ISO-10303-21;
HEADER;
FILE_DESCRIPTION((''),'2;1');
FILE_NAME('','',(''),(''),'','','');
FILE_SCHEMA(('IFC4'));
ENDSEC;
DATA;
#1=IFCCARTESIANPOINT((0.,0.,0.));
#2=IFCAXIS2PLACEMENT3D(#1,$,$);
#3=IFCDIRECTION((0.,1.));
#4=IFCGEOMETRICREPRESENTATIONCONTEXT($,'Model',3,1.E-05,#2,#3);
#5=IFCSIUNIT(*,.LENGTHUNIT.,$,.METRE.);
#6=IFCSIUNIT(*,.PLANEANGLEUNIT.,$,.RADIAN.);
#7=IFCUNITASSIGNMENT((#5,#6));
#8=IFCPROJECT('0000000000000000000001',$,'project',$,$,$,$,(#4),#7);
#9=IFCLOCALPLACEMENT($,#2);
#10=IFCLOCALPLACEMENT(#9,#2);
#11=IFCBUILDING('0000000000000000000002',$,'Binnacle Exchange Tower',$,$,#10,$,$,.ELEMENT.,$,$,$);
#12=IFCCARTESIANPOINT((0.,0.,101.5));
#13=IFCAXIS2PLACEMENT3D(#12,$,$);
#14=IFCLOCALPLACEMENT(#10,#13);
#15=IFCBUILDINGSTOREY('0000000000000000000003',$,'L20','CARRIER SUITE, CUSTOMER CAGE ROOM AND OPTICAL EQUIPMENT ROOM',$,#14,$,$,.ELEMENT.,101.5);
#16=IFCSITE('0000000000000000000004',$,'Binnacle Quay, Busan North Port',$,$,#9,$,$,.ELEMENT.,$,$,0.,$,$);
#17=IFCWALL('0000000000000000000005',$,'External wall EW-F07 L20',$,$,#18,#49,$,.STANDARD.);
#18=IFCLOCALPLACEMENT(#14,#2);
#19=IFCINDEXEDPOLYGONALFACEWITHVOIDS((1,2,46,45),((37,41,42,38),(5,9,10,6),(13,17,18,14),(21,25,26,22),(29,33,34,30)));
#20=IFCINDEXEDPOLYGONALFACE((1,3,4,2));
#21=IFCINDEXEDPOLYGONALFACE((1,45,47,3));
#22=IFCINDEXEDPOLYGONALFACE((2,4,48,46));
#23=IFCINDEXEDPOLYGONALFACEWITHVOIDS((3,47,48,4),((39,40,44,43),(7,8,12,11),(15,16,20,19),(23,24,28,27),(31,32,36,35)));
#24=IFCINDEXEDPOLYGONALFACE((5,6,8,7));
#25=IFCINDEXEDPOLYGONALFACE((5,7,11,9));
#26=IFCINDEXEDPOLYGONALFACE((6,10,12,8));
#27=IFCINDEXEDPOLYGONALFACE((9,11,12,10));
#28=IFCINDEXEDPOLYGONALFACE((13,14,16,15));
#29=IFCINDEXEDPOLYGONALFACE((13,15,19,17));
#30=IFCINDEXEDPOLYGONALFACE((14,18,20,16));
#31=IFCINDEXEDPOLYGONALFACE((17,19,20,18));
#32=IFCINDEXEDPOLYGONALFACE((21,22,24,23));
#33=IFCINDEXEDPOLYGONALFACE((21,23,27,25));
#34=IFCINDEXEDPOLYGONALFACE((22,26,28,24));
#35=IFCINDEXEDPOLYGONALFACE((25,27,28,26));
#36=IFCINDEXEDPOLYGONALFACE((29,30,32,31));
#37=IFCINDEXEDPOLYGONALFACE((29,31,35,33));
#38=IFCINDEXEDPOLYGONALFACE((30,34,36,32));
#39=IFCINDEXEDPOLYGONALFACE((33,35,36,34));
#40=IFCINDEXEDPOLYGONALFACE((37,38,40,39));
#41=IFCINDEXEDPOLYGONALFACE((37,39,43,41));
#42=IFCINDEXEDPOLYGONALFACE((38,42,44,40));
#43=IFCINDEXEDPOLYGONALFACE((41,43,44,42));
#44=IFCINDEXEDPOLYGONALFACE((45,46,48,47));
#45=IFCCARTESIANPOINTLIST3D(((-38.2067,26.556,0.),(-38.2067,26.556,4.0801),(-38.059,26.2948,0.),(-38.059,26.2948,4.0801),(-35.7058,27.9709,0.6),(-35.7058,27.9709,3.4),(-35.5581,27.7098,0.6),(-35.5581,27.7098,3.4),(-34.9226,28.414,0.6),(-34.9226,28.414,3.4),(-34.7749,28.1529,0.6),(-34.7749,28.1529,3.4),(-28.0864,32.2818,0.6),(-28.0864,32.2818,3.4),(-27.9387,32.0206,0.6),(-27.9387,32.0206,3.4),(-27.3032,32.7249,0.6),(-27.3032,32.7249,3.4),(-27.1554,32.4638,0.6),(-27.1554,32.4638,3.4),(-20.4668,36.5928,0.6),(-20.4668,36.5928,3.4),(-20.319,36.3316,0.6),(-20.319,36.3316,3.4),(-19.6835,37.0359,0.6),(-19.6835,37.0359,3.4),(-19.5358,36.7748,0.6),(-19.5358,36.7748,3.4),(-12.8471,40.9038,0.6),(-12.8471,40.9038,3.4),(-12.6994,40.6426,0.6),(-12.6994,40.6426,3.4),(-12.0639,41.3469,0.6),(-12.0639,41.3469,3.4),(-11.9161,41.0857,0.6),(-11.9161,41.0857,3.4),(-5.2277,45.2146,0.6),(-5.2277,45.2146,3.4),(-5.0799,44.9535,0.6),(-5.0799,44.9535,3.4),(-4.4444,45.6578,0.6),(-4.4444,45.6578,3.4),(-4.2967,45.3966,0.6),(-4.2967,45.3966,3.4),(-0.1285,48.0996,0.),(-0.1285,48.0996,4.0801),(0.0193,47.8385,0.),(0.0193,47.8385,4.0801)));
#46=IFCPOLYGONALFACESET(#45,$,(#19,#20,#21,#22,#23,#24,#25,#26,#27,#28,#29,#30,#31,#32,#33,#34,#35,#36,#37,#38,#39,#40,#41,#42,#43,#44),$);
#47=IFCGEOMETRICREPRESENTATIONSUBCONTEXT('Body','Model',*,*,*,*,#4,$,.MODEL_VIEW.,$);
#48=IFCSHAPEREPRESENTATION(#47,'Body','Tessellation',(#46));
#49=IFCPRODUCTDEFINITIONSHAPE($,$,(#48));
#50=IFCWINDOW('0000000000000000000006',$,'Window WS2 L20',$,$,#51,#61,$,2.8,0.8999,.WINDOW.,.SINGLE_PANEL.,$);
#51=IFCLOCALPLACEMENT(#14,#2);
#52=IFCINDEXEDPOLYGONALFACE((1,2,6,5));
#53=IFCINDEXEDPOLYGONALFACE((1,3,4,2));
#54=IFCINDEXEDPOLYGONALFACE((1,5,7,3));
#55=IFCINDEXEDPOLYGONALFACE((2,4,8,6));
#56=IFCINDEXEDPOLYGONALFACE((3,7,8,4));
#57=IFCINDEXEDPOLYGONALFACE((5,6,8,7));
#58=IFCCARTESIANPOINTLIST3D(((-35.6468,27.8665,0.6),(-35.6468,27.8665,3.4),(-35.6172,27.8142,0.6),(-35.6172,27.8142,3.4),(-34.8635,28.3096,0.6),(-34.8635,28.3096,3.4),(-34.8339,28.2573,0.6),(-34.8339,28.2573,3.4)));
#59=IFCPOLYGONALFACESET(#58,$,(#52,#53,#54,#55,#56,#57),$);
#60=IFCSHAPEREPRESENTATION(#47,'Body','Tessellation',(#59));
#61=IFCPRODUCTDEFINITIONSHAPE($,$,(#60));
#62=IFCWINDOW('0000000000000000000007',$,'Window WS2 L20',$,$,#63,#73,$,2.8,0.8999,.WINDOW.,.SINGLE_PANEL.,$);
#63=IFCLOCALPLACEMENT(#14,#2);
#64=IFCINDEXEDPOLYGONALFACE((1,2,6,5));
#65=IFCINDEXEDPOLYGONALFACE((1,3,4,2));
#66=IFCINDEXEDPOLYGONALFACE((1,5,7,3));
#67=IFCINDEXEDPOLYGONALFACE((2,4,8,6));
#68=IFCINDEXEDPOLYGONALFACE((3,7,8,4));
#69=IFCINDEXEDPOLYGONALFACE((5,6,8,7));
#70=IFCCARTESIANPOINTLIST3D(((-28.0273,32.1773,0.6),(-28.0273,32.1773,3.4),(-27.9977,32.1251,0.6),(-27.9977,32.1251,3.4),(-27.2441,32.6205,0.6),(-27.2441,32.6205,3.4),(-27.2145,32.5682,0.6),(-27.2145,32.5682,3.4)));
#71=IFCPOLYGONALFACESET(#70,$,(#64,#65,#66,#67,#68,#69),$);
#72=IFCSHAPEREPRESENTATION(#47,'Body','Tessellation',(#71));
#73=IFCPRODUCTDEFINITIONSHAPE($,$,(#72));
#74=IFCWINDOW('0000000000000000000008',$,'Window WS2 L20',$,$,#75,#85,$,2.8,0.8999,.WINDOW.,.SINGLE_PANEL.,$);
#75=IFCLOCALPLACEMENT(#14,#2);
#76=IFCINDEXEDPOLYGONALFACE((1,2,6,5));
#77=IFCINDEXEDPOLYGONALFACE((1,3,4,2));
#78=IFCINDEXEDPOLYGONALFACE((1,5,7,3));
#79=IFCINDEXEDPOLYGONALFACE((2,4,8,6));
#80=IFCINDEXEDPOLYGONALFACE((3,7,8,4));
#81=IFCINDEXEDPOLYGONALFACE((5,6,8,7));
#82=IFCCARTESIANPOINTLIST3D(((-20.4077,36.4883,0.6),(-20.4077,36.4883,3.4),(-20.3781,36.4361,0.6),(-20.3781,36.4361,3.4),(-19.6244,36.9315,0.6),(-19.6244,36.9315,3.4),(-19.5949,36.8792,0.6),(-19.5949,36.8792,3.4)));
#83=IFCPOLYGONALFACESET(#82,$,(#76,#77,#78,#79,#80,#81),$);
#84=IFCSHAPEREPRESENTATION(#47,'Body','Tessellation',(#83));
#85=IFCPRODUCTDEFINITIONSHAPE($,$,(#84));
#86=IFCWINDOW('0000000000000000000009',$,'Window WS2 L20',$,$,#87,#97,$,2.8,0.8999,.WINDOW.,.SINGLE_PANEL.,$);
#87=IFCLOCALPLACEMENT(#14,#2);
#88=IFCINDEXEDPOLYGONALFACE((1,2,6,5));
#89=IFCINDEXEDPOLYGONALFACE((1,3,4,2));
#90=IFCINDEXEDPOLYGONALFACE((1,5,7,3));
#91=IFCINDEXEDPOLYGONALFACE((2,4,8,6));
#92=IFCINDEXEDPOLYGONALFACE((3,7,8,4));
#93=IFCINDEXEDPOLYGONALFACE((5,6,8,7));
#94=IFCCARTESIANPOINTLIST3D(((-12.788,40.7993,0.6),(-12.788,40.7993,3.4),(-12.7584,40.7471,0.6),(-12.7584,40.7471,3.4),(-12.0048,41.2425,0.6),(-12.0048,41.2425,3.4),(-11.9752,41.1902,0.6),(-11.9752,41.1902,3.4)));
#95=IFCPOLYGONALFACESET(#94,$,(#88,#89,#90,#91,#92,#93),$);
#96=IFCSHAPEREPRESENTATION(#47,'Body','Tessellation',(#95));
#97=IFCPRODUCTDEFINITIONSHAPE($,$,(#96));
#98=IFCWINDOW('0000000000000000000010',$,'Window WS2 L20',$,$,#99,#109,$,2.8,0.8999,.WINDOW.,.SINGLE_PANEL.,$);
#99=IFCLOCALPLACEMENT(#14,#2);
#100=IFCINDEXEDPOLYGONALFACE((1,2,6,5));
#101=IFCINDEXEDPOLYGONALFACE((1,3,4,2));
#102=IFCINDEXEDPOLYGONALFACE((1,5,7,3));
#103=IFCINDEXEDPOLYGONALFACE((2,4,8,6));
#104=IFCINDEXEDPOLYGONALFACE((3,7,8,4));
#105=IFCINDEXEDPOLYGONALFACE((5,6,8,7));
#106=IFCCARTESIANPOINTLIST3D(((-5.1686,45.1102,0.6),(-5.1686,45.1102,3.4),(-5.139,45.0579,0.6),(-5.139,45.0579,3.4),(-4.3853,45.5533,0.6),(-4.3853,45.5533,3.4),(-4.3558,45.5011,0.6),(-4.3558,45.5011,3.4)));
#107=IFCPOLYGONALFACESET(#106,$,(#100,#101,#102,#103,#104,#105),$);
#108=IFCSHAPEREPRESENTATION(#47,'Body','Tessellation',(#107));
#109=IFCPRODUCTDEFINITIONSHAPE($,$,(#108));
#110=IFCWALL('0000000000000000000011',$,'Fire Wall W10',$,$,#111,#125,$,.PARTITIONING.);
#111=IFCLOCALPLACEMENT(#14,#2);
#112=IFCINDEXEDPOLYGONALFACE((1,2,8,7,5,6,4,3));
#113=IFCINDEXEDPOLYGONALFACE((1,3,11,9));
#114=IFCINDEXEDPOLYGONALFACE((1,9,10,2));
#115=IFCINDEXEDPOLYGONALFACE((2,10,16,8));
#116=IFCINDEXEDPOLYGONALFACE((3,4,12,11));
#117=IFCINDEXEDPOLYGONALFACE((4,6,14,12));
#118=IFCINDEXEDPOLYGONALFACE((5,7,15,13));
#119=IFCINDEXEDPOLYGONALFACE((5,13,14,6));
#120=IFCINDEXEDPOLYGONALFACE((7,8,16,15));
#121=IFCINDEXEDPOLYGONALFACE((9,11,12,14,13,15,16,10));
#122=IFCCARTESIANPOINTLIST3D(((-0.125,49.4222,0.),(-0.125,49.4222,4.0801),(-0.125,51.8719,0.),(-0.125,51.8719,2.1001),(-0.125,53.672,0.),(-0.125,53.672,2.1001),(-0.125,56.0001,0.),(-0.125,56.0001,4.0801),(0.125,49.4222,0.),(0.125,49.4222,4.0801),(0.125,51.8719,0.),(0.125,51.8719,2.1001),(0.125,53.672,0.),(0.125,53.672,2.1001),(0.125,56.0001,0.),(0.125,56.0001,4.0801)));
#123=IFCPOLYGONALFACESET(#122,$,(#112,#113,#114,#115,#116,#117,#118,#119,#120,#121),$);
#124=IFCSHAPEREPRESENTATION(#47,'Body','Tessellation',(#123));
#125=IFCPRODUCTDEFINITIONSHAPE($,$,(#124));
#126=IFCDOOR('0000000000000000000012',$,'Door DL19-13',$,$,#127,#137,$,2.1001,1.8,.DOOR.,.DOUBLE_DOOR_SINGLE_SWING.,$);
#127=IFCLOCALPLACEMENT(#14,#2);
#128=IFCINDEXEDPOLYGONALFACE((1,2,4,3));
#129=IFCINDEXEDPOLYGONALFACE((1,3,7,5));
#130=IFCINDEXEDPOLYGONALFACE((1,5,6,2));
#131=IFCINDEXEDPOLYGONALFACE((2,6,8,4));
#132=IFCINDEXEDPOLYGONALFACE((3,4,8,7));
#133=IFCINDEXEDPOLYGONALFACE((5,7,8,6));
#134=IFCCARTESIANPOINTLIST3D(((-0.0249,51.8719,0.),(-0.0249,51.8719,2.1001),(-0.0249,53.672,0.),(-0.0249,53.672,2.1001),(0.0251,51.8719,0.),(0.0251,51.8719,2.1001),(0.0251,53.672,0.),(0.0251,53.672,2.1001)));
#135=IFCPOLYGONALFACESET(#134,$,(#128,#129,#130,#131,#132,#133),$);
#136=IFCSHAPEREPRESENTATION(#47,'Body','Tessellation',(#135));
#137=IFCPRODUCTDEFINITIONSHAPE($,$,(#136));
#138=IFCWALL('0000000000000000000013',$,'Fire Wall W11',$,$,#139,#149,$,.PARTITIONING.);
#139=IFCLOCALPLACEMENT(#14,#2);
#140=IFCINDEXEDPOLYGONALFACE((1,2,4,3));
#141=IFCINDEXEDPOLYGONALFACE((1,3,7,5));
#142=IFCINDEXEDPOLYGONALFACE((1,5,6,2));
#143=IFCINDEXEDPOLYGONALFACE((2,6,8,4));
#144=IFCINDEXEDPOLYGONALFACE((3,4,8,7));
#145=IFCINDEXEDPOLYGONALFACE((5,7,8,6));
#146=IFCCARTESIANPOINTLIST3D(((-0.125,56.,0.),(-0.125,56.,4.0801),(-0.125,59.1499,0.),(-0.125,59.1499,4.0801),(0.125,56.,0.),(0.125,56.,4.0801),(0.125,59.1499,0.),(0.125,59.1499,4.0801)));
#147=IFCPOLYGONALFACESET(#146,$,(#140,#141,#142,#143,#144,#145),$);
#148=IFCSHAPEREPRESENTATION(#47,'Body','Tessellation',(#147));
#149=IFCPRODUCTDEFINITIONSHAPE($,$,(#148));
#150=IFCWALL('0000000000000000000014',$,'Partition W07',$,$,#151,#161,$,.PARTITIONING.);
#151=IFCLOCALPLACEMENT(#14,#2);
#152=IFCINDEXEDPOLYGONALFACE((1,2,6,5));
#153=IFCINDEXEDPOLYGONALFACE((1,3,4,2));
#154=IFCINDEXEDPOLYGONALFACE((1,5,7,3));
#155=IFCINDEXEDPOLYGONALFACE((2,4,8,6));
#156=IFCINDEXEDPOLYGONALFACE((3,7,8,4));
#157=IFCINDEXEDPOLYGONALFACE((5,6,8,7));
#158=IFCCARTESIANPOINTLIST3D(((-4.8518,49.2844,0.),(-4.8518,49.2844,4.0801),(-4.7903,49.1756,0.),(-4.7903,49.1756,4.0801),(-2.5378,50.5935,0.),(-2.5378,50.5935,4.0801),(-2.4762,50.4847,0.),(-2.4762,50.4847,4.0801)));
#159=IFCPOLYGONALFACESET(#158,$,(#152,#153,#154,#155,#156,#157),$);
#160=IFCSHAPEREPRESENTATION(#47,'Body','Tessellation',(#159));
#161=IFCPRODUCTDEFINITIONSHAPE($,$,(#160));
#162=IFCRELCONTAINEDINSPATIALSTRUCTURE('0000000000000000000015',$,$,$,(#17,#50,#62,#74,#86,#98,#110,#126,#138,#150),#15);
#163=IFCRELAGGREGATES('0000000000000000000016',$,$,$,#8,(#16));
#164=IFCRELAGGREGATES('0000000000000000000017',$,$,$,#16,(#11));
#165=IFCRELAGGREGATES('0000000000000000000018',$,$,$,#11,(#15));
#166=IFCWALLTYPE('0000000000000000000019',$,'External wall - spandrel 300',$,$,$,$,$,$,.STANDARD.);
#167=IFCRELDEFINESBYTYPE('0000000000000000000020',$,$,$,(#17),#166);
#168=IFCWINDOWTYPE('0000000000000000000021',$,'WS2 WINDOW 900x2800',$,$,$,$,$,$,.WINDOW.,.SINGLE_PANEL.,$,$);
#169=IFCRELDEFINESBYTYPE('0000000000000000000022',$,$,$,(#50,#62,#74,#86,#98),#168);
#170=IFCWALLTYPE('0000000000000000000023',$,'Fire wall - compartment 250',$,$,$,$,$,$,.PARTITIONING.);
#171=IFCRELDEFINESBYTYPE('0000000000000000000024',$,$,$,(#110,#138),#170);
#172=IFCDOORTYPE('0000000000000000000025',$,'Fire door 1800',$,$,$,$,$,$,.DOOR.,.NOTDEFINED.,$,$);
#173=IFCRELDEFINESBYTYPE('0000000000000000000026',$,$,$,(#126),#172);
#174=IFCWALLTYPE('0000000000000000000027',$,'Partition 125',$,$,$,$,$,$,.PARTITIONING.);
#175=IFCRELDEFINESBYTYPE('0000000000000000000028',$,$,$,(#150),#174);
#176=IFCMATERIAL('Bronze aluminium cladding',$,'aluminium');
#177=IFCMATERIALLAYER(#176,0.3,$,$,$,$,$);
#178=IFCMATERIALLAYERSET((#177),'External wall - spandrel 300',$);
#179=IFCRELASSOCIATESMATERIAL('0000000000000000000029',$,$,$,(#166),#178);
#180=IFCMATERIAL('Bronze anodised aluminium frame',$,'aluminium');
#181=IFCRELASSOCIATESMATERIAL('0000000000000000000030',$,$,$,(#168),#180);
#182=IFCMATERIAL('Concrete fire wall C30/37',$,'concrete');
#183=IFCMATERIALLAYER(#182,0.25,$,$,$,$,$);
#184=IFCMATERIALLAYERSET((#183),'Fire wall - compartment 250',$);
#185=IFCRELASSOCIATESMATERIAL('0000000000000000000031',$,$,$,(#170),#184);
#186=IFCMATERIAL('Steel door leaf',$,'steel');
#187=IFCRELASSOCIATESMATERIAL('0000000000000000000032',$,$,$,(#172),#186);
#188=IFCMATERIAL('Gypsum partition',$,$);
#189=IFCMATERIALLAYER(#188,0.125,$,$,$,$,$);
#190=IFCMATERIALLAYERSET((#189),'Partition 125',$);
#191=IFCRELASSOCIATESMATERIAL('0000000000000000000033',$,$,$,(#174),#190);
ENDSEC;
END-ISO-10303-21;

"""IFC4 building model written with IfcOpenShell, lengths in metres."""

from ifc_helpers import new_model, si_unit, direction, frame, frame_2d, origin, place, context, subcontext, project, spatial, rectangle, extrude, material, layer, layer_set, type_object, element, fill, save


model = new_model("IFC4")

# Units and contexts
model_context = context("Model", 3, precision=1e-05, world=origin(), true_north=direction((0.0, 1.0)))
body_context = subcontext(model_context, "Body", "Model", "MODEL_VIEW")
ifc_project = project(units=[si_unit("LENGTHUNIT", "METRE"), si_unit("PLANEANGLEUNIT", "RADIAN")], contexts=[model_context])

# Site, building, storey
site_placement = place(None, origin())
site = spatial("IfcSite", under=ifc_project, at=site_placement, Name="Binnacle Quay, Busan North Port", CompositionType="ELEMENT", RefElevation=0.0)
building_placement = place(site_placement, origin())
building = spatial("IfcBuilding", under=site, at=building_placement, Name="Binnacle Exchange Tower", CompositionType="ELEMENT")
storey_placement = place(building_placement, frame((0.0, 0.0, 101.5)))
storey = spatial("IfcBuildingStorey", under=building, at=storey_placement, Name="L20", Description="CARRIER SUITE, CUSTOMER CAGE ROOM AND OPTICAL EQUIPMENT ROOM", CompositionType="ELEMENT", Elevation=101.5)

# Shared definitions
ifc_material_1 = material(Name="Steel door leaf", Category="steel")

# Wall, openings, windows
ifc_material_2 = material(Name="Bronze aluminium cladding", Category="aluminium")
ifc_layer_1 = layer(ifc_material_2, 0.3)
ifc_layer_set_1 = layer_set([ifc_layer_1], Name="External wall - spandrel 300")
wall_type_1 = type_object("IfcWallType", Name="External wall - spandrel 300", PredefinedType="STANDARD", material=ifc_layer_set_1)
wall_1_placement = place(storey_placement, frame((-0.0547, 47.969, 0.0), z_axis=(0.0, 0.0, 1.0), x_axis=(-0.870356, -0.492423, 0.0)))
wall_1 = element("IfcWall", 1, at=wall_1_placement, inside=storey, type_object=wall_type_1, Name="External wall EW-F07 L20", PredefinedType="STANDARD", context=body_context, shape_type="SweptSolid", body=[
    extrude(rectangle(XDim=43.7502, YDim=0.3, at=frame_2d((21.875, 0.0))), origin(), (0.0, 0.0, 1.0), 4.0801),
])
opening_1_placement = place(wall_1_placement, frame((39.9768, 0.0, 0.6001)))
opening_1 = element("IfcOpeningElement", 2, at=opening_1_placement, cuts=wall_1, PredefinedType="OPENING", context=body_context, shape_type="SweptSolid", body=[
    extrude(rectangle(XDim=0.8999, YDim=2.8, at=frame_2d((0.45, 1.3999))), frame((0.0, 0.1599, 0.0), z_axis=(0.0, -1.0, 0.0), x_axis=(1.0, 0.0, 0.0)), (0.0, 0.0, 1.0), 0.3201),
])
opening_2_placement = place(wall_1_placement, frame((31.2224, 0.0, 0.6001)))
opening_2 = element("IfcOpeningElement", 3, at=opening_2_placement, cuts=wall_1, PredefinedType="OPENING", context=body_context, shape_type="SweptSolid", body=[
    extrude(rectangle(XDim=0.8999, YDim=2.8, at=frame_2d((0.45, 1.3999))), frame((0.0, 0.1599, 0.0), z_axis=(0.0, -1.0, 0.0), x_axis=(1.0, 0.0, 0.0)), (0.0, 0.0, 1.0), 0.3201),
])
opening_3_placement = place(wall_1_placement, frame((22.4678, 0.0, 0.6001)))
opening_3 = element("IfcOpeningElement", 4, at=opening_3_placement, cuts=wall_1, PredefinedType="OPENING", context=body_context, shape_type="SweptSolid", body=[
    extrude(rectangle(XDim=0.8999, YDim=2.8, at=frame_2d((0.45, 1.3999))), frame((0.0, 0.1599, 0.0), z_axis=(0.0, -1.0, 0.0), x_axis=(1.0, 0.0, 0.0)), (0.0, 0.0, 1.0), 0.3201),
])
opening_4_placement = place(wall_1_placement, frame((13.7131, 0.0, 0.6001)))
opening_4 = element("IfcOpeningElement", 5, at=opening_4_placement, cuts=wall_1, PredefinedType="OPENING", context=body_context, shape_type="SweptSolid", body=[
    extrude(rectangle(XDim=0.8999, YDim=2.8, at=frame_2d((0.45, 1.3999))), frame((0.0, 0.1599, 0.0), z_axis=(0.0, -1.0, 0.0), x_axis=(1.0, 0.0, 0.0)), (0.0, 0.0, 1.0), 0.3201),
])
opening_5_placement = place(wall_1_placement, frame((4.9587, 0.0, 0.6001)))
opening_5 = element("IfcOpeningElement", 6, at=opening_5_placement, cuts=wall_1, PredefinedType="OPENING", context=body_context, shape_type="SweptSolid", body=[
    extrude(rectangle(XDim=0.8999, YDim=2.8, at=frame_2d((0.45, 1.3999))), frame((0.0, 0.1599, 0.0), z_axis=(0.0, -1.0, 0.0), x_axis=(1.0, 0.0, 0.0)), (0.0, 0.0, 1.0), 0.3201),
])
ifc_material_3 = material(Name="Bronze anodised aluminium frame", Category="aluminium")
window_type = type_object("IfcWindowType", Name="WS2 WINDOW 900x2800", PartitioningType="SINGLE_PANEL", PredefinedType="WINDOW", material=ifc_material_3)
window_1_placement = place(opening_1_placement, origin())
window_1 = element("IfcWindow", 7, at=window_1_placement, inside=storey, type_object=window_type, Name="Window WS2 L20", OverallHeight=2.8, OverallWidth=0.8999, PartitioningType="SINGLE_PANEL", PredefinedType="WINDOW", context=body_context, shape_type="SweptSolid", body=[
    extrude(rectangle(XDim=0.8999, YDim=2.8, at=frame_2d((0.45, 1.3999))), frame((0.0, 0.03, 0.0), z_axis=(0.0, -1.0, 0.0), x_axis=(1.0, 0.0, 0.0)), (0.0, 0.0, 1.0), 0.0601),
])
fill(opening_1, window_1)
window_2_placement = place(opening_2_placement, origin())
window_2 = element("IfcWindow", 8, at=window_2_placement, inside=storey, type_object=window_type, Name="Window WS2 L20", OverallHeight=2.8, OverallWidth=0.8999, PartitioningType="SINGLE_PANEL", PredefinedType="WINDOW", context=body_context, shape_type="SweptSolid", body=[
    extrude(rectangle(XDim=0.8999, YDim=2.8, at=frame_2d((0.45, 1.3999))), frame((0.0, 0.03, 0.0), z_axis=(0.0, -1.0, 0.0), x_axis=(1.0, 0.0, 0.0)), (0.0, 0.0, 1.0), 0.0601),
])
fill(opening_2, window_2)
window_3_placement = place(opening_3_placement, origin())
window_3 = element("IfcWindow", 9, at=window_3_placement, inside=storey, type_object=window_type, Name="Window WS2 L20", OverallHeight=2.8, OverallWidth=0.8999, PartitioningType="SINGLE_PANEL", PredefinedType="WINDOW", context=body_context, shape_type="SweptSolid", body=[
    extrude(rectangle(XDim=0.8999, YDim=2.8, at=frame_2d((0.45, 1.3999))), frame((0.0, 0.03, 0.0), z_axis=(0.0, -1.0, 0.0), x_axis=(1.0, 0.0, 0.0)), (0.0, 0.0, 1.0), 0.0601),
])
fill(opening_3, window_3)
window_4_placement = place(opening_4_placement, origin())
window_4 = element("IfcWindow", 10, at=window_4_placement, inside=storey, type_object=window_type, Name="Window WS2 L20", OverallHeight=2.8, OverallWidth=0.8999, PartitioningType="SINGLE_PANEL", PredefinedType="WINDOW", context=body_context, shape_type="SweptSolid", body=[
    extrude(rectangle(XDim=0.8999, YDim=2.8, at=frame_2d((0.45, 1.3999))), frame((0.0, 0.03, 0.0), z_axis=(0.0, -1.0, 0.0), x_axis=(1.0, 0.0, 0.0)), (0.0, 0.0, 1.0), 0.0601),
])
fill(opening_4, window_4)
window_5_placement = place(opening_5_placement, origin())
window_5 = element("IfcWindow", 11, at=window_5_placement, inside=storey, type_object=window_type, Name="Window WS2 L20", OverallHeight=2.8, OverallWidth=0.8999, PartitioningType="SINGLE_PANEL", PredefinedType="WINDOW", context=body_context, shape_type="SweptSolid", body=[
    extrude(rectangle(XDim=0.8999, YDim=2.8, at=frame_2d((0.45, 1.3999))), frame((0.0, 0.03, 0.0), z_axis=(0.0, -1.0, 0.0), x_axis=(1.0, 0.0, 0.0)), (0.0, 0.0, 1.0), 0.0601),
])
fill(opening_5, window_5)

# Wall, opening, door
ifc_material_4 = material(Name="Concrete fire wall C30/37", Category="concrete")
ifc_layer_2 = layer(ifc_material_4, 0.25)
ifc_layer_set_2 = layer_set([ifc_layer_2], Name="Fire wall - compartment 250")
wall_type_2 = type_object("IfcWallType", Name="Fire wall - compartment 250", PredefinedType="PARTITIONING", material=ifc_layer_set_2)
wall_2_placement = place(storey_placement, frame((0.0, 49.4221, 0.0), z_axis=(0.0, 0.0, 1.0), x_axis=(0.0, 1.0, 0.0)))
wall_2 = element("IfcWall", 12, at=wall_2_placement, inside=storey, type_object=wall_type_2, Name="Fire Wall W10", PredefinedType="PARTITIONING", context=body_context, shape_type="SweptSolid", body=[
    extrude(rectangle(XDim=6.5779, YDim=0.25, at=frame_2d((3.2891, 0.0))), origin(), (0.0, 0.0, 1.0), 4.0801),
])
opening_6_placement = place(wall_2_placement, frame((2.45, 0.0, 0.0)))
opening_6 = element("IfcOpeningElement", 13, at=opening_6_placement, cuts=wall_2, PredefinedType="OPENING", context=body_context, shape_type="SweptSolid", body=[
    extrude(rectangle(XDim=1.8, YDim=2.1001, at=frame_2d((0.8999, 1.05))), frame((0.0, 0.135, 0.0), z_axis=(0.0, -1.0, 0.0), x_axis=(1.0, 0.0, 0.0)), (0.0, 0.0, 1.0), 0.27),
])
door_type_1 = type_object("IfcDoorType", Name="Fire door 1800", OperationType="NOTDEFINED", PredefinedType="DOOR", material=ifc_material_1)
door_1_placement = place(opening_6_placement, origin())
door_1 = element("IfcDoor", 14, at=door_1_placement, inside=storey, type_object=door_type_1, Name="Door DL19-13", OperationType="DOUBLE_DOOR_SINGLE_SWING", OverallHeight=2.1001, OverallWidth=1.8, PredefinedType="DOOR", context=body_context, shape_type="SweptSolid", body=[
    extrude(rectangle(XDim=1.8, YDim=2.1001, at=frame_2d((0.8999, 1.05))), frame((0.0, 0.0249, 0.0), z_axis=(0.0, -1.0, 0.0), x_axis=(1.0, 0.0, 0.0)), (0.0, 0.0, 1.0), 0.05),
])
fill(opening_6, door_1)

# Walls
wall_3_placement = place(storey_placement, frame((0.0, 56.0, 0.0), z_axis=(0.0, 0.0, 1.0), x_axis=(0.0, 1.0, 0.0)))
element("IfcWall", 15, at=wall_3_placement, inside=storey, type_object=wall_type_2, Name="Fire Wall W11", PredefinedType="PARTITIONING", context=body_context, shape_type="SweptSolid", body=[
    extrude(rectangle(XDim=3.1499, YDim=0.25, at=frame_2d((1.575, 0.0))), origin(), (0.0, 0.0, 1.0), 4.0801),
])
ifc_material_5 = material(Name="Gypsum partition")
ifc_layer_3 = layer(ifc_material_5, 0.125)
ifc_layer_set_3 = layer_set([ifc_layer_3], Name="Partition 125")
wall_type_3 = type_object("IfcWallType", Name="Partition 125", PredefinedType="PARTITIONING", material=ifc_layer_set_3)
wall_4_placement = place(storey_placement, frame((-4.821, 49.23, 0.0), z_axis=(0.0, 0.0, 1.0), x_axis=(0.870371, 0.492396, 0.0)))
element("IfcWall", 16, at=wall_4_placement, inside=storey, type_object=wall_type_3, Name="Partition W07", PredefinedType="PARTITIONING", context=body_context, shape_type="SweptSolid", body=[
    extrude(rectangle(XDim=2.6587, YDim=0.125, at=frame_2d((1.3293, 0.0))), origin(), (0.0, 0.0, 1.0), 4.0801),
])

save(model, "model.ifc")
